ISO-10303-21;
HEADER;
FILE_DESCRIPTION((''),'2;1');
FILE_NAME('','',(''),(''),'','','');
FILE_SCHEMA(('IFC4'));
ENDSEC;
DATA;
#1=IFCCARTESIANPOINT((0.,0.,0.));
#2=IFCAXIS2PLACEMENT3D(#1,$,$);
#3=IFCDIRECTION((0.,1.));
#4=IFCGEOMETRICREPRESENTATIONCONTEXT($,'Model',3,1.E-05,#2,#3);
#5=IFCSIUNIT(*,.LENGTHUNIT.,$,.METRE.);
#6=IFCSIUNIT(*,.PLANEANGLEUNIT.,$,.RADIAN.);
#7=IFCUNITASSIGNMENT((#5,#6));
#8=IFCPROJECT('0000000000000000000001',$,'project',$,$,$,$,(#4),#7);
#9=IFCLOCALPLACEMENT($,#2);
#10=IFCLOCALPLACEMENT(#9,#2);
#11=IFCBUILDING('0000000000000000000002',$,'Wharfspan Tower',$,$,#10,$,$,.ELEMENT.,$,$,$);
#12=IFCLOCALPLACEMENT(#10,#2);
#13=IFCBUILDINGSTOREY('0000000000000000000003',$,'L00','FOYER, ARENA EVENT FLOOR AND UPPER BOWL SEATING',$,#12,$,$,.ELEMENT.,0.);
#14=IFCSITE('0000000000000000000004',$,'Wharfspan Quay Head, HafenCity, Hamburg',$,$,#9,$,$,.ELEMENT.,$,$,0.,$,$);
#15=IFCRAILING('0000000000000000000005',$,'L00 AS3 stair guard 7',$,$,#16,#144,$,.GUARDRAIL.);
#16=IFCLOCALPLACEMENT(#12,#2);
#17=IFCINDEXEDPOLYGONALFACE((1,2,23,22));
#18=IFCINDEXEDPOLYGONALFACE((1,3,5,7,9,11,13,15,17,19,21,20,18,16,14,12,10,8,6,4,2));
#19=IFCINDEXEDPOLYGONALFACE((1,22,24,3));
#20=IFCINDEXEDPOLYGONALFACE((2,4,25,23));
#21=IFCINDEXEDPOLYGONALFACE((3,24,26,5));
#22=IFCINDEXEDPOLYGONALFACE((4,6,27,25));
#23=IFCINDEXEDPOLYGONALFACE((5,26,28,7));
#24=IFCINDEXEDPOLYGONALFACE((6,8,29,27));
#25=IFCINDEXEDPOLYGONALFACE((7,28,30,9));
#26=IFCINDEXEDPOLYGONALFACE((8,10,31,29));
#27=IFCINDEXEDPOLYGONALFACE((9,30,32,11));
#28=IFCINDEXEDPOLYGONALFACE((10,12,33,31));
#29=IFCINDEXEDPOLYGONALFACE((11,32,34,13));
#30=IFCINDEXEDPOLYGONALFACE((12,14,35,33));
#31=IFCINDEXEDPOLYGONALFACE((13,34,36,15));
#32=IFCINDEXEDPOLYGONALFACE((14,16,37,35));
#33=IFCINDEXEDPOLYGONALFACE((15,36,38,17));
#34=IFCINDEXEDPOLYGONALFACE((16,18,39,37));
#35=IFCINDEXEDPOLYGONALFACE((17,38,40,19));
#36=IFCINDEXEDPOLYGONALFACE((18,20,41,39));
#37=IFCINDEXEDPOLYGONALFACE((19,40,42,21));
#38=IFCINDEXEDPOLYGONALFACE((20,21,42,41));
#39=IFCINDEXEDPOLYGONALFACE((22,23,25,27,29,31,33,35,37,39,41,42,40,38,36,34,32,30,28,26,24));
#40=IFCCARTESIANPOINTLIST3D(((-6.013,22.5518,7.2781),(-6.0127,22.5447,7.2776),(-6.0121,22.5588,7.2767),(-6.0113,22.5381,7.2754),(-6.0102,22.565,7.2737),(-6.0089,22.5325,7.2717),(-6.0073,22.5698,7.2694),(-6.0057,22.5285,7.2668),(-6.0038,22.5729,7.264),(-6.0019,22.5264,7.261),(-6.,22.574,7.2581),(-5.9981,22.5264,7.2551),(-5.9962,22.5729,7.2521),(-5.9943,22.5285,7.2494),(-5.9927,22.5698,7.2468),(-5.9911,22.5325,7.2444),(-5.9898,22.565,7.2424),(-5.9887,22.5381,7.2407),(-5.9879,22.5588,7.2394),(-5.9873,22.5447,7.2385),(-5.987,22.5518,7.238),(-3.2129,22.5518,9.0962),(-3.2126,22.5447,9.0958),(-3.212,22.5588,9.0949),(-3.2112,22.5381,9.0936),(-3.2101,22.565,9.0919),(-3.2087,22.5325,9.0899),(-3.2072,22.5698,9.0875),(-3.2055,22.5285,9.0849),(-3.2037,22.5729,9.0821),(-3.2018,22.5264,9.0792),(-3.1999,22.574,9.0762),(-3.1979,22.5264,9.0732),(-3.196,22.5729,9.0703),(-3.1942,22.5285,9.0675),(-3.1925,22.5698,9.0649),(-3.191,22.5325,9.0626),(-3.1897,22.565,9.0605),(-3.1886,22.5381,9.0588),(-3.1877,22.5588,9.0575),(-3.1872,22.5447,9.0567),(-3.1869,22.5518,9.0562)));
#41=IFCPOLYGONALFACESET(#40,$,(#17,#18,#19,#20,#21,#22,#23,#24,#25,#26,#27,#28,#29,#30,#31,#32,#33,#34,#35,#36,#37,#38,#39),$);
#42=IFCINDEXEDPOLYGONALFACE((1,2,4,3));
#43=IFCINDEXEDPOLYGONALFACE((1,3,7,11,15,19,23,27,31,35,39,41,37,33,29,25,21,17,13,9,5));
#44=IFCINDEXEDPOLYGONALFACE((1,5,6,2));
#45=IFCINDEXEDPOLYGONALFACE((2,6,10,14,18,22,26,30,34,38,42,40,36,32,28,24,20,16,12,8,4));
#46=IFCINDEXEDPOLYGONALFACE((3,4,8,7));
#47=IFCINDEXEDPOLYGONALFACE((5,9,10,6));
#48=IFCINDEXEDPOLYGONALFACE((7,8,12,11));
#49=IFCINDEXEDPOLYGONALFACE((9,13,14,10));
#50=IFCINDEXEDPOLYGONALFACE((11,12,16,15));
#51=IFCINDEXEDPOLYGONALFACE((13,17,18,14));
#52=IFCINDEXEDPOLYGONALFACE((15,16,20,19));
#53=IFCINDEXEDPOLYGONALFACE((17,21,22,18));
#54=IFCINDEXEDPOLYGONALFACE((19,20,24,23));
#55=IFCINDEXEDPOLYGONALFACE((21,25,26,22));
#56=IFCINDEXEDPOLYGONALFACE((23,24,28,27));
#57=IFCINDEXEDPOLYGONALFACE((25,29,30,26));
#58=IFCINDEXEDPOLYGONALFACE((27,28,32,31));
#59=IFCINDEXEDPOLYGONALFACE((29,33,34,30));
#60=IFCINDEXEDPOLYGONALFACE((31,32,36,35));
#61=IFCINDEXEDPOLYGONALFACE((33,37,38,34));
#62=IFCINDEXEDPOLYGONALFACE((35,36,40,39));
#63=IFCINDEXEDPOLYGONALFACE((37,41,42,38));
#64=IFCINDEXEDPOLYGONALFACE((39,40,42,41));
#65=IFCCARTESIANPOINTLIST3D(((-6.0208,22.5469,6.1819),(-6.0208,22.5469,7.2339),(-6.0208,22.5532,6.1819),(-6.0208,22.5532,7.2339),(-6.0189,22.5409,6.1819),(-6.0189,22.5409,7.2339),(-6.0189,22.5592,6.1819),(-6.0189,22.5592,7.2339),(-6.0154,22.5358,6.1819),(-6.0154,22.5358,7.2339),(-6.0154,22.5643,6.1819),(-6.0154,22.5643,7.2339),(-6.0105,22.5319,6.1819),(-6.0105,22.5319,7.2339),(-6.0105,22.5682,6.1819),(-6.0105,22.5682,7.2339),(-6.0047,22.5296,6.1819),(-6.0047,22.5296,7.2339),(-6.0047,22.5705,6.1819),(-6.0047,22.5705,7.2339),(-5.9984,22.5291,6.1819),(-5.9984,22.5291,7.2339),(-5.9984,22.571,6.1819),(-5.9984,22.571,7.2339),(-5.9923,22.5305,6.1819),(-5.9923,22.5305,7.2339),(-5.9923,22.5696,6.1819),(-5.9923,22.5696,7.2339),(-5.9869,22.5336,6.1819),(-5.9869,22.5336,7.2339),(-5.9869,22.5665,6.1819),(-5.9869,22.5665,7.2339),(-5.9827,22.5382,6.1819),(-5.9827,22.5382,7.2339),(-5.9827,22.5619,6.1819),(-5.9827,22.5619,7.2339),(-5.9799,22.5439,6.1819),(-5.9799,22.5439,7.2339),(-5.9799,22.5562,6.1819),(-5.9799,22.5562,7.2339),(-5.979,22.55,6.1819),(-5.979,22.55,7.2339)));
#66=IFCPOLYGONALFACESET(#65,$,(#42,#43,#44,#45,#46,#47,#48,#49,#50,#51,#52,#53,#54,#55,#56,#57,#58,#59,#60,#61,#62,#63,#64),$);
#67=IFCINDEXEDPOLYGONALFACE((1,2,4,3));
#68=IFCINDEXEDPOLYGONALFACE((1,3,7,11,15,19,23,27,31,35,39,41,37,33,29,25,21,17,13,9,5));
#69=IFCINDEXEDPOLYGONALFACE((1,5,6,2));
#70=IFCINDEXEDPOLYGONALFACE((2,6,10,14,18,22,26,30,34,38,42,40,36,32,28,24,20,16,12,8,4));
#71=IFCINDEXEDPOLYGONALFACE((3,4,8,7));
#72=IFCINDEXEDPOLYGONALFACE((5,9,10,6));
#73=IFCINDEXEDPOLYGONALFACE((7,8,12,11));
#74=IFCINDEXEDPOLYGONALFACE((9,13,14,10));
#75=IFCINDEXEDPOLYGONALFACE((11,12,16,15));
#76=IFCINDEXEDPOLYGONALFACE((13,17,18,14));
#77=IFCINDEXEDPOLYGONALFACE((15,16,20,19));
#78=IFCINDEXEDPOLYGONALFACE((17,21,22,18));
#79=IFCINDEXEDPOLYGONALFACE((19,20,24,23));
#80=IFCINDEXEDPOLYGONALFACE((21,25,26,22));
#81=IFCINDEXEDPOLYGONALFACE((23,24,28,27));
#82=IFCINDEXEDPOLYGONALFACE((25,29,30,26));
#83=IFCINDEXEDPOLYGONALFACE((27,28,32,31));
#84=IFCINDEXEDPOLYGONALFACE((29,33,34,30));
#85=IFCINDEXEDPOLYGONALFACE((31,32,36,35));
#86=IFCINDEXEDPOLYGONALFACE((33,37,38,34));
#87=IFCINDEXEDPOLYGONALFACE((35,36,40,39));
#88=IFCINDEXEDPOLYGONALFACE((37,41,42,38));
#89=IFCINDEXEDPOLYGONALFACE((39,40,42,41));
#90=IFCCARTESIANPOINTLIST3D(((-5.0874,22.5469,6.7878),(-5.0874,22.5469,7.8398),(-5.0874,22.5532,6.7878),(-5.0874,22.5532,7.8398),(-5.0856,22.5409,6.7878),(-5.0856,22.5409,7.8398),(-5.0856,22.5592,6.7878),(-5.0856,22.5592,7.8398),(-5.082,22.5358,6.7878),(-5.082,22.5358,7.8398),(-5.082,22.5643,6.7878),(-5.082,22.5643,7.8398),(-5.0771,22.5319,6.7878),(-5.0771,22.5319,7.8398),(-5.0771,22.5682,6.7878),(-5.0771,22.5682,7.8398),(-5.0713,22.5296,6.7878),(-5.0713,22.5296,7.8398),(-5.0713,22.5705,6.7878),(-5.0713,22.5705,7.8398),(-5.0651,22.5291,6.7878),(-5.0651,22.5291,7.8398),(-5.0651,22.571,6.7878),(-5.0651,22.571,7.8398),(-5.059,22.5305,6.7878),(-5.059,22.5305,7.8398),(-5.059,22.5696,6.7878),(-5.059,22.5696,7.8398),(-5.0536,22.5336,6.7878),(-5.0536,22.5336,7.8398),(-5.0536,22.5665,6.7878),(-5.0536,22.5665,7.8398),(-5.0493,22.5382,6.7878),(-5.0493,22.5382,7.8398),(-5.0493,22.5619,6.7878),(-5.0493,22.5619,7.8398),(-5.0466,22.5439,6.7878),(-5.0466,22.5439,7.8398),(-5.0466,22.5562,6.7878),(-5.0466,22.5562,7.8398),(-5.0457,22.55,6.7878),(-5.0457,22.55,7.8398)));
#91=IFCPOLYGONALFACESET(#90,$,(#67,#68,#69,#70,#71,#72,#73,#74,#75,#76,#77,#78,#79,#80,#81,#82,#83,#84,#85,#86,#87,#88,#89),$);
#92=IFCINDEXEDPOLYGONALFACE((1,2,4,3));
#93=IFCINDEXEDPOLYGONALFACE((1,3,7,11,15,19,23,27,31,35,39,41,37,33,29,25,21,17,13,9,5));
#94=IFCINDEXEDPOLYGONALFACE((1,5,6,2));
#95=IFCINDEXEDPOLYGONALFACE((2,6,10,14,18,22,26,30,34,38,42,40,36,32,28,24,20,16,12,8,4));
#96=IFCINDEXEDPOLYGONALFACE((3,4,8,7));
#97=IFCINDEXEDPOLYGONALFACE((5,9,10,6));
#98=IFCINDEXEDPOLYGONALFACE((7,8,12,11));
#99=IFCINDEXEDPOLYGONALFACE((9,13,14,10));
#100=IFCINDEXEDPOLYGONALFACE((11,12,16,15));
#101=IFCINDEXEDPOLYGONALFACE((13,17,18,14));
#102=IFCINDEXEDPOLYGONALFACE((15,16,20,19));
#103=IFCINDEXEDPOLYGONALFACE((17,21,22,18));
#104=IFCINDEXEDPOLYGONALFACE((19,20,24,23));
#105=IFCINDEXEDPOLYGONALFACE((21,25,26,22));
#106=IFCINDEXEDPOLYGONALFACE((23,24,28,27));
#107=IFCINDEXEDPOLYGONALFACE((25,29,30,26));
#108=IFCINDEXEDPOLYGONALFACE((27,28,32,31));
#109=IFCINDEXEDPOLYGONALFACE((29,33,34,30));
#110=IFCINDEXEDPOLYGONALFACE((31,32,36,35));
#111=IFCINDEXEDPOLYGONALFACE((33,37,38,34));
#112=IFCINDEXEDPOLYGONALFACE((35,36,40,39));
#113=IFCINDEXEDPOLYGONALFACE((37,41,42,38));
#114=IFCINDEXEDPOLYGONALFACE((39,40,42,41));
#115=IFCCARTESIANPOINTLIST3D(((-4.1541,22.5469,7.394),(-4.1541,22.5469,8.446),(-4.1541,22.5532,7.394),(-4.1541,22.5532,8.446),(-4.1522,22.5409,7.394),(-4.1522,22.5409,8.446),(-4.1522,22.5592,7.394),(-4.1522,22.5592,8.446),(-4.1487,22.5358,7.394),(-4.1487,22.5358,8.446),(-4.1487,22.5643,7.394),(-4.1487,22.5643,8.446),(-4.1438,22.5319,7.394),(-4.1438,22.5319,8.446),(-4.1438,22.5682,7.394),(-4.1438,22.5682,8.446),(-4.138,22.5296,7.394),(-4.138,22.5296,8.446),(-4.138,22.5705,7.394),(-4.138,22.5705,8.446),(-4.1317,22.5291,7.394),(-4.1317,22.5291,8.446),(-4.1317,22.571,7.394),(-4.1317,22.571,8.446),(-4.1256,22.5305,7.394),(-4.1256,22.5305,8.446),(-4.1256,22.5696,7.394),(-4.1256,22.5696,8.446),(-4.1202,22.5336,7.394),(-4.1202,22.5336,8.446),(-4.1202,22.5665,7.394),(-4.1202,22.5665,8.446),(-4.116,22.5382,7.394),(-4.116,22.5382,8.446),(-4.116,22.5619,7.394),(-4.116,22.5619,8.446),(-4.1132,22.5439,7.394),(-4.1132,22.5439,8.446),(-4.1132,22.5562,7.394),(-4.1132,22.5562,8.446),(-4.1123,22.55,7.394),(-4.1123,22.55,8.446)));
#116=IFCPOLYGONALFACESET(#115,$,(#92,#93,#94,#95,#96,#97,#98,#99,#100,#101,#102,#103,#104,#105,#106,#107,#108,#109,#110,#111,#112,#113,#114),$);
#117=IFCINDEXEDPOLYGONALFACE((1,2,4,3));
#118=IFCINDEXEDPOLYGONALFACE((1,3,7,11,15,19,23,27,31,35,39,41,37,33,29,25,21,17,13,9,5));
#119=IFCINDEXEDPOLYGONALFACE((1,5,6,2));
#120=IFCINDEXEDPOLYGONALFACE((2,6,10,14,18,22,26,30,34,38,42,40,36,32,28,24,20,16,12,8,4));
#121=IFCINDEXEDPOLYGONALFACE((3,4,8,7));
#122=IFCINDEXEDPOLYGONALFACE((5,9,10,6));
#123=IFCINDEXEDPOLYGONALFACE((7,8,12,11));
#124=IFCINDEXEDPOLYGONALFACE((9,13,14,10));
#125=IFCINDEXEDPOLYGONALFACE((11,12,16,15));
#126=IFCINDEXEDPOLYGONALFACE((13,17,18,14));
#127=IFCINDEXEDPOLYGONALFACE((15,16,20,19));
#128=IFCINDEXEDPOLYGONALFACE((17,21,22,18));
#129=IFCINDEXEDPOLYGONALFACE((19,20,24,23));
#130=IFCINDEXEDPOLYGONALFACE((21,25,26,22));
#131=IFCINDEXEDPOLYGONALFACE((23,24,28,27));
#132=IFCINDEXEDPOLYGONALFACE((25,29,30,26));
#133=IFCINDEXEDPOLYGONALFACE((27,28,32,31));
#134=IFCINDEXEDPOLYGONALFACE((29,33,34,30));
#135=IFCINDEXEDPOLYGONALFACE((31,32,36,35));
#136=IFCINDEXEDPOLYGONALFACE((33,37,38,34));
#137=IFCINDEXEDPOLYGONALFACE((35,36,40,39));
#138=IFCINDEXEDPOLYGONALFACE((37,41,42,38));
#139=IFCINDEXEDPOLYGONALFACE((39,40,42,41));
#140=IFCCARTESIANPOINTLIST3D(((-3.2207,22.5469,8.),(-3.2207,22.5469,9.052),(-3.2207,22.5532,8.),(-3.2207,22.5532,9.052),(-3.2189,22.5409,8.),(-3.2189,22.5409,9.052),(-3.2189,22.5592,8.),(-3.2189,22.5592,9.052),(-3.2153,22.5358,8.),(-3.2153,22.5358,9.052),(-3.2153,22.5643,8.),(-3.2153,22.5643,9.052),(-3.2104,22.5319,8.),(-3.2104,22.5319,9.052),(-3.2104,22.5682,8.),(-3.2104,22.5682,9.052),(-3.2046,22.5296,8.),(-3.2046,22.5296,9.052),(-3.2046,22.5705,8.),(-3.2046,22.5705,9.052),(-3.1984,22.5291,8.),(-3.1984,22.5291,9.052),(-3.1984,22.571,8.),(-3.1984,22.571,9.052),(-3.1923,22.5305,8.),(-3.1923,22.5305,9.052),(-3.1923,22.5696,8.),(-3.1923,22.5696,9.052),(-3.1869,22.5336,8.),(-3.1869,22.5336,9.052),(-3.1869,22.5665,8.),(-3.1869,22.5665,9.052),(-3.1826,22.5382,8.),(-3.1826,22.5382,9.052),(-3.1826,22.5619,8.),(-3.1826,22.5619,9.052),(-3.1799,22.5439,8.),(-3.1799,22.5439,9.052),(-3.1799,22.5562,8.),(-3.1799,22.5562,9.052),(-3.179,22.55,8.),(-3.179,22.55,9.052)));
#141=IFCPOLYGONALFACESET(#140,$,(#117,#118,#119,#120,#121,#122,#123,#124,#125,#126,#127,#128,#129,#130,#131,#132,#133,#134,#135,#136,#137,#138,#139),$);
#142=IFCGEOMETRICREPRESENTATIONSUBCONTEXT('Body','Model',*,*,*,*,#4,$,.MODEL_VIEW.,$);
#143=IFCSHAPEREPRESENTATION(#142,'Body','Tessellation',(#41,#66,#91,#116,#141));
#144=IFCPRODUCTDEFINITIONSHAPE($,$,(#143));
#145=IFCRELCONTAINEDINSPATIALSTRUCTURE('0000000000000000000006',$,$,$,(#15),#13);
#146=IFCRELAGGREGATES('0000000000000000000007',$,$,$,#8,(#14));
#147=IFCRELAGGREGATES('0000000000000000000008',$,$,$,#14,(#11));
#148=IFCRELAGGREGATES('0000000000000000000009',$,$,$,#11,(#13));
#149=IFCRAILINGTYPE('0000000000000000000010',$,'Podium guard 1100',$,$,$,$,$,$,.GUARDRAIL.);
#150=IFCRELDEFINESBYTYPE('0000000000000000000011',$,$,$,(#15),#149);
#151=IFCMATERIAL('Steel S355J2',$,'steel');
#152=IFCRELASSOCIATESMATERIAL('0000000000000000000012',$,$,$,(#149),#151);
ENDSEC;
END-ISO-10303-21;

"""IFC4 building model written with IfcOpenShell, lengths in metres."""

from ifc_helpers import new_model, si_unit, direction, frame, origin, origin_2d, place, context, subcontext, project, spatial, circle, extrude, material, type_object, element, save


model = new_model("IFC4")

# Units and contexts
model_context = context("Model", 3, precision=1e-05, world=origin(), true_north=direction((0.0, 1.0)))
body_context = subcontext(model_context, "Body", "Model", "MODEL_VIEW")
ifc_project = project(units=[si_unit("LENGTHUNIT", "METRE"), si_unit("PLANEANGLEUNIT", "RADIAN")], contexts=[model_context])

# Site, building, storey
site_placement = place(None, origin())
site = spatial("IfcSite", under=ifc_project, at=site_placement, Name="Wharfspan Quay Head, HafenCity, Hamburg", CompositionType="ELEMENT", RefElevation=0.0)
building_placement = place(site_placement, origin())
building = spatial("IfcBuilding", under=site, at=building_placement, Name="Wharfspan Tower", CompositionType="ELEMENT")
storey_placement = place(building_placement, origin())
storey = spatial("IfcBuildingStorey", under=building, at=storey_placement, Name="L00", Description="FOYER, ARENA EVENT FLOOR AND UPPER BOWL SEATING", CompositionType="ELEMENT", Elevation=0.0)

# Shared definitions
ifc_material_1 = material(Name="Steel S355J2", Category="steel")

# Railing
railing_type_1 = type_object("IfcRailingType", Name="Podium guard 1100", PredefinedType="GUARDRAIL", material=ifc_material_1)
railing_1_placement = place(storey_placement, frame((-6.0, 22.55, 6.1819)))
element("IfcRailing", 1, at=railing_1_placement, inside=storey, type_object=railing_type_1, Name="L00 AS3 stair guard 7", PredefinedType="GUARDRAIL", context=body_context, shape_type="SweptSolid", body=[
    extrude(circle(Radius=0.0239, at=origin_2d()), frame((0.0, 0.0, 1.0762), z_axis=(0.838706, 0.0, 0.544585), x_axis=(0.0, 1.0, 0.0)), (0.0, 0.0, 1.0), 3.3386),
    extrude(circle(Radius=0.021, at=origin_2d()), origin(), (0.0, 0.0, 1.0), 1.052),
    extrude(circle(Radius=0.021, at=origin_2d()), frame((0.9334, 0.0, 0.606)), (0.0, 0.0, 1.0), 1.052),
    extrude(circle(Radius=0.021, at=origin_2d()), frame((1.8667, 0.0, 1.2122)), (0.0, 0.0, 1.0), 1.052),
    extrude(circle(Radius=0.021, at=origin_2d()), frame((2.8, 0.0, 1.8181)), (0.0, 0.0, 1.0), 1.052),
])

save(model, "model.ifc")
